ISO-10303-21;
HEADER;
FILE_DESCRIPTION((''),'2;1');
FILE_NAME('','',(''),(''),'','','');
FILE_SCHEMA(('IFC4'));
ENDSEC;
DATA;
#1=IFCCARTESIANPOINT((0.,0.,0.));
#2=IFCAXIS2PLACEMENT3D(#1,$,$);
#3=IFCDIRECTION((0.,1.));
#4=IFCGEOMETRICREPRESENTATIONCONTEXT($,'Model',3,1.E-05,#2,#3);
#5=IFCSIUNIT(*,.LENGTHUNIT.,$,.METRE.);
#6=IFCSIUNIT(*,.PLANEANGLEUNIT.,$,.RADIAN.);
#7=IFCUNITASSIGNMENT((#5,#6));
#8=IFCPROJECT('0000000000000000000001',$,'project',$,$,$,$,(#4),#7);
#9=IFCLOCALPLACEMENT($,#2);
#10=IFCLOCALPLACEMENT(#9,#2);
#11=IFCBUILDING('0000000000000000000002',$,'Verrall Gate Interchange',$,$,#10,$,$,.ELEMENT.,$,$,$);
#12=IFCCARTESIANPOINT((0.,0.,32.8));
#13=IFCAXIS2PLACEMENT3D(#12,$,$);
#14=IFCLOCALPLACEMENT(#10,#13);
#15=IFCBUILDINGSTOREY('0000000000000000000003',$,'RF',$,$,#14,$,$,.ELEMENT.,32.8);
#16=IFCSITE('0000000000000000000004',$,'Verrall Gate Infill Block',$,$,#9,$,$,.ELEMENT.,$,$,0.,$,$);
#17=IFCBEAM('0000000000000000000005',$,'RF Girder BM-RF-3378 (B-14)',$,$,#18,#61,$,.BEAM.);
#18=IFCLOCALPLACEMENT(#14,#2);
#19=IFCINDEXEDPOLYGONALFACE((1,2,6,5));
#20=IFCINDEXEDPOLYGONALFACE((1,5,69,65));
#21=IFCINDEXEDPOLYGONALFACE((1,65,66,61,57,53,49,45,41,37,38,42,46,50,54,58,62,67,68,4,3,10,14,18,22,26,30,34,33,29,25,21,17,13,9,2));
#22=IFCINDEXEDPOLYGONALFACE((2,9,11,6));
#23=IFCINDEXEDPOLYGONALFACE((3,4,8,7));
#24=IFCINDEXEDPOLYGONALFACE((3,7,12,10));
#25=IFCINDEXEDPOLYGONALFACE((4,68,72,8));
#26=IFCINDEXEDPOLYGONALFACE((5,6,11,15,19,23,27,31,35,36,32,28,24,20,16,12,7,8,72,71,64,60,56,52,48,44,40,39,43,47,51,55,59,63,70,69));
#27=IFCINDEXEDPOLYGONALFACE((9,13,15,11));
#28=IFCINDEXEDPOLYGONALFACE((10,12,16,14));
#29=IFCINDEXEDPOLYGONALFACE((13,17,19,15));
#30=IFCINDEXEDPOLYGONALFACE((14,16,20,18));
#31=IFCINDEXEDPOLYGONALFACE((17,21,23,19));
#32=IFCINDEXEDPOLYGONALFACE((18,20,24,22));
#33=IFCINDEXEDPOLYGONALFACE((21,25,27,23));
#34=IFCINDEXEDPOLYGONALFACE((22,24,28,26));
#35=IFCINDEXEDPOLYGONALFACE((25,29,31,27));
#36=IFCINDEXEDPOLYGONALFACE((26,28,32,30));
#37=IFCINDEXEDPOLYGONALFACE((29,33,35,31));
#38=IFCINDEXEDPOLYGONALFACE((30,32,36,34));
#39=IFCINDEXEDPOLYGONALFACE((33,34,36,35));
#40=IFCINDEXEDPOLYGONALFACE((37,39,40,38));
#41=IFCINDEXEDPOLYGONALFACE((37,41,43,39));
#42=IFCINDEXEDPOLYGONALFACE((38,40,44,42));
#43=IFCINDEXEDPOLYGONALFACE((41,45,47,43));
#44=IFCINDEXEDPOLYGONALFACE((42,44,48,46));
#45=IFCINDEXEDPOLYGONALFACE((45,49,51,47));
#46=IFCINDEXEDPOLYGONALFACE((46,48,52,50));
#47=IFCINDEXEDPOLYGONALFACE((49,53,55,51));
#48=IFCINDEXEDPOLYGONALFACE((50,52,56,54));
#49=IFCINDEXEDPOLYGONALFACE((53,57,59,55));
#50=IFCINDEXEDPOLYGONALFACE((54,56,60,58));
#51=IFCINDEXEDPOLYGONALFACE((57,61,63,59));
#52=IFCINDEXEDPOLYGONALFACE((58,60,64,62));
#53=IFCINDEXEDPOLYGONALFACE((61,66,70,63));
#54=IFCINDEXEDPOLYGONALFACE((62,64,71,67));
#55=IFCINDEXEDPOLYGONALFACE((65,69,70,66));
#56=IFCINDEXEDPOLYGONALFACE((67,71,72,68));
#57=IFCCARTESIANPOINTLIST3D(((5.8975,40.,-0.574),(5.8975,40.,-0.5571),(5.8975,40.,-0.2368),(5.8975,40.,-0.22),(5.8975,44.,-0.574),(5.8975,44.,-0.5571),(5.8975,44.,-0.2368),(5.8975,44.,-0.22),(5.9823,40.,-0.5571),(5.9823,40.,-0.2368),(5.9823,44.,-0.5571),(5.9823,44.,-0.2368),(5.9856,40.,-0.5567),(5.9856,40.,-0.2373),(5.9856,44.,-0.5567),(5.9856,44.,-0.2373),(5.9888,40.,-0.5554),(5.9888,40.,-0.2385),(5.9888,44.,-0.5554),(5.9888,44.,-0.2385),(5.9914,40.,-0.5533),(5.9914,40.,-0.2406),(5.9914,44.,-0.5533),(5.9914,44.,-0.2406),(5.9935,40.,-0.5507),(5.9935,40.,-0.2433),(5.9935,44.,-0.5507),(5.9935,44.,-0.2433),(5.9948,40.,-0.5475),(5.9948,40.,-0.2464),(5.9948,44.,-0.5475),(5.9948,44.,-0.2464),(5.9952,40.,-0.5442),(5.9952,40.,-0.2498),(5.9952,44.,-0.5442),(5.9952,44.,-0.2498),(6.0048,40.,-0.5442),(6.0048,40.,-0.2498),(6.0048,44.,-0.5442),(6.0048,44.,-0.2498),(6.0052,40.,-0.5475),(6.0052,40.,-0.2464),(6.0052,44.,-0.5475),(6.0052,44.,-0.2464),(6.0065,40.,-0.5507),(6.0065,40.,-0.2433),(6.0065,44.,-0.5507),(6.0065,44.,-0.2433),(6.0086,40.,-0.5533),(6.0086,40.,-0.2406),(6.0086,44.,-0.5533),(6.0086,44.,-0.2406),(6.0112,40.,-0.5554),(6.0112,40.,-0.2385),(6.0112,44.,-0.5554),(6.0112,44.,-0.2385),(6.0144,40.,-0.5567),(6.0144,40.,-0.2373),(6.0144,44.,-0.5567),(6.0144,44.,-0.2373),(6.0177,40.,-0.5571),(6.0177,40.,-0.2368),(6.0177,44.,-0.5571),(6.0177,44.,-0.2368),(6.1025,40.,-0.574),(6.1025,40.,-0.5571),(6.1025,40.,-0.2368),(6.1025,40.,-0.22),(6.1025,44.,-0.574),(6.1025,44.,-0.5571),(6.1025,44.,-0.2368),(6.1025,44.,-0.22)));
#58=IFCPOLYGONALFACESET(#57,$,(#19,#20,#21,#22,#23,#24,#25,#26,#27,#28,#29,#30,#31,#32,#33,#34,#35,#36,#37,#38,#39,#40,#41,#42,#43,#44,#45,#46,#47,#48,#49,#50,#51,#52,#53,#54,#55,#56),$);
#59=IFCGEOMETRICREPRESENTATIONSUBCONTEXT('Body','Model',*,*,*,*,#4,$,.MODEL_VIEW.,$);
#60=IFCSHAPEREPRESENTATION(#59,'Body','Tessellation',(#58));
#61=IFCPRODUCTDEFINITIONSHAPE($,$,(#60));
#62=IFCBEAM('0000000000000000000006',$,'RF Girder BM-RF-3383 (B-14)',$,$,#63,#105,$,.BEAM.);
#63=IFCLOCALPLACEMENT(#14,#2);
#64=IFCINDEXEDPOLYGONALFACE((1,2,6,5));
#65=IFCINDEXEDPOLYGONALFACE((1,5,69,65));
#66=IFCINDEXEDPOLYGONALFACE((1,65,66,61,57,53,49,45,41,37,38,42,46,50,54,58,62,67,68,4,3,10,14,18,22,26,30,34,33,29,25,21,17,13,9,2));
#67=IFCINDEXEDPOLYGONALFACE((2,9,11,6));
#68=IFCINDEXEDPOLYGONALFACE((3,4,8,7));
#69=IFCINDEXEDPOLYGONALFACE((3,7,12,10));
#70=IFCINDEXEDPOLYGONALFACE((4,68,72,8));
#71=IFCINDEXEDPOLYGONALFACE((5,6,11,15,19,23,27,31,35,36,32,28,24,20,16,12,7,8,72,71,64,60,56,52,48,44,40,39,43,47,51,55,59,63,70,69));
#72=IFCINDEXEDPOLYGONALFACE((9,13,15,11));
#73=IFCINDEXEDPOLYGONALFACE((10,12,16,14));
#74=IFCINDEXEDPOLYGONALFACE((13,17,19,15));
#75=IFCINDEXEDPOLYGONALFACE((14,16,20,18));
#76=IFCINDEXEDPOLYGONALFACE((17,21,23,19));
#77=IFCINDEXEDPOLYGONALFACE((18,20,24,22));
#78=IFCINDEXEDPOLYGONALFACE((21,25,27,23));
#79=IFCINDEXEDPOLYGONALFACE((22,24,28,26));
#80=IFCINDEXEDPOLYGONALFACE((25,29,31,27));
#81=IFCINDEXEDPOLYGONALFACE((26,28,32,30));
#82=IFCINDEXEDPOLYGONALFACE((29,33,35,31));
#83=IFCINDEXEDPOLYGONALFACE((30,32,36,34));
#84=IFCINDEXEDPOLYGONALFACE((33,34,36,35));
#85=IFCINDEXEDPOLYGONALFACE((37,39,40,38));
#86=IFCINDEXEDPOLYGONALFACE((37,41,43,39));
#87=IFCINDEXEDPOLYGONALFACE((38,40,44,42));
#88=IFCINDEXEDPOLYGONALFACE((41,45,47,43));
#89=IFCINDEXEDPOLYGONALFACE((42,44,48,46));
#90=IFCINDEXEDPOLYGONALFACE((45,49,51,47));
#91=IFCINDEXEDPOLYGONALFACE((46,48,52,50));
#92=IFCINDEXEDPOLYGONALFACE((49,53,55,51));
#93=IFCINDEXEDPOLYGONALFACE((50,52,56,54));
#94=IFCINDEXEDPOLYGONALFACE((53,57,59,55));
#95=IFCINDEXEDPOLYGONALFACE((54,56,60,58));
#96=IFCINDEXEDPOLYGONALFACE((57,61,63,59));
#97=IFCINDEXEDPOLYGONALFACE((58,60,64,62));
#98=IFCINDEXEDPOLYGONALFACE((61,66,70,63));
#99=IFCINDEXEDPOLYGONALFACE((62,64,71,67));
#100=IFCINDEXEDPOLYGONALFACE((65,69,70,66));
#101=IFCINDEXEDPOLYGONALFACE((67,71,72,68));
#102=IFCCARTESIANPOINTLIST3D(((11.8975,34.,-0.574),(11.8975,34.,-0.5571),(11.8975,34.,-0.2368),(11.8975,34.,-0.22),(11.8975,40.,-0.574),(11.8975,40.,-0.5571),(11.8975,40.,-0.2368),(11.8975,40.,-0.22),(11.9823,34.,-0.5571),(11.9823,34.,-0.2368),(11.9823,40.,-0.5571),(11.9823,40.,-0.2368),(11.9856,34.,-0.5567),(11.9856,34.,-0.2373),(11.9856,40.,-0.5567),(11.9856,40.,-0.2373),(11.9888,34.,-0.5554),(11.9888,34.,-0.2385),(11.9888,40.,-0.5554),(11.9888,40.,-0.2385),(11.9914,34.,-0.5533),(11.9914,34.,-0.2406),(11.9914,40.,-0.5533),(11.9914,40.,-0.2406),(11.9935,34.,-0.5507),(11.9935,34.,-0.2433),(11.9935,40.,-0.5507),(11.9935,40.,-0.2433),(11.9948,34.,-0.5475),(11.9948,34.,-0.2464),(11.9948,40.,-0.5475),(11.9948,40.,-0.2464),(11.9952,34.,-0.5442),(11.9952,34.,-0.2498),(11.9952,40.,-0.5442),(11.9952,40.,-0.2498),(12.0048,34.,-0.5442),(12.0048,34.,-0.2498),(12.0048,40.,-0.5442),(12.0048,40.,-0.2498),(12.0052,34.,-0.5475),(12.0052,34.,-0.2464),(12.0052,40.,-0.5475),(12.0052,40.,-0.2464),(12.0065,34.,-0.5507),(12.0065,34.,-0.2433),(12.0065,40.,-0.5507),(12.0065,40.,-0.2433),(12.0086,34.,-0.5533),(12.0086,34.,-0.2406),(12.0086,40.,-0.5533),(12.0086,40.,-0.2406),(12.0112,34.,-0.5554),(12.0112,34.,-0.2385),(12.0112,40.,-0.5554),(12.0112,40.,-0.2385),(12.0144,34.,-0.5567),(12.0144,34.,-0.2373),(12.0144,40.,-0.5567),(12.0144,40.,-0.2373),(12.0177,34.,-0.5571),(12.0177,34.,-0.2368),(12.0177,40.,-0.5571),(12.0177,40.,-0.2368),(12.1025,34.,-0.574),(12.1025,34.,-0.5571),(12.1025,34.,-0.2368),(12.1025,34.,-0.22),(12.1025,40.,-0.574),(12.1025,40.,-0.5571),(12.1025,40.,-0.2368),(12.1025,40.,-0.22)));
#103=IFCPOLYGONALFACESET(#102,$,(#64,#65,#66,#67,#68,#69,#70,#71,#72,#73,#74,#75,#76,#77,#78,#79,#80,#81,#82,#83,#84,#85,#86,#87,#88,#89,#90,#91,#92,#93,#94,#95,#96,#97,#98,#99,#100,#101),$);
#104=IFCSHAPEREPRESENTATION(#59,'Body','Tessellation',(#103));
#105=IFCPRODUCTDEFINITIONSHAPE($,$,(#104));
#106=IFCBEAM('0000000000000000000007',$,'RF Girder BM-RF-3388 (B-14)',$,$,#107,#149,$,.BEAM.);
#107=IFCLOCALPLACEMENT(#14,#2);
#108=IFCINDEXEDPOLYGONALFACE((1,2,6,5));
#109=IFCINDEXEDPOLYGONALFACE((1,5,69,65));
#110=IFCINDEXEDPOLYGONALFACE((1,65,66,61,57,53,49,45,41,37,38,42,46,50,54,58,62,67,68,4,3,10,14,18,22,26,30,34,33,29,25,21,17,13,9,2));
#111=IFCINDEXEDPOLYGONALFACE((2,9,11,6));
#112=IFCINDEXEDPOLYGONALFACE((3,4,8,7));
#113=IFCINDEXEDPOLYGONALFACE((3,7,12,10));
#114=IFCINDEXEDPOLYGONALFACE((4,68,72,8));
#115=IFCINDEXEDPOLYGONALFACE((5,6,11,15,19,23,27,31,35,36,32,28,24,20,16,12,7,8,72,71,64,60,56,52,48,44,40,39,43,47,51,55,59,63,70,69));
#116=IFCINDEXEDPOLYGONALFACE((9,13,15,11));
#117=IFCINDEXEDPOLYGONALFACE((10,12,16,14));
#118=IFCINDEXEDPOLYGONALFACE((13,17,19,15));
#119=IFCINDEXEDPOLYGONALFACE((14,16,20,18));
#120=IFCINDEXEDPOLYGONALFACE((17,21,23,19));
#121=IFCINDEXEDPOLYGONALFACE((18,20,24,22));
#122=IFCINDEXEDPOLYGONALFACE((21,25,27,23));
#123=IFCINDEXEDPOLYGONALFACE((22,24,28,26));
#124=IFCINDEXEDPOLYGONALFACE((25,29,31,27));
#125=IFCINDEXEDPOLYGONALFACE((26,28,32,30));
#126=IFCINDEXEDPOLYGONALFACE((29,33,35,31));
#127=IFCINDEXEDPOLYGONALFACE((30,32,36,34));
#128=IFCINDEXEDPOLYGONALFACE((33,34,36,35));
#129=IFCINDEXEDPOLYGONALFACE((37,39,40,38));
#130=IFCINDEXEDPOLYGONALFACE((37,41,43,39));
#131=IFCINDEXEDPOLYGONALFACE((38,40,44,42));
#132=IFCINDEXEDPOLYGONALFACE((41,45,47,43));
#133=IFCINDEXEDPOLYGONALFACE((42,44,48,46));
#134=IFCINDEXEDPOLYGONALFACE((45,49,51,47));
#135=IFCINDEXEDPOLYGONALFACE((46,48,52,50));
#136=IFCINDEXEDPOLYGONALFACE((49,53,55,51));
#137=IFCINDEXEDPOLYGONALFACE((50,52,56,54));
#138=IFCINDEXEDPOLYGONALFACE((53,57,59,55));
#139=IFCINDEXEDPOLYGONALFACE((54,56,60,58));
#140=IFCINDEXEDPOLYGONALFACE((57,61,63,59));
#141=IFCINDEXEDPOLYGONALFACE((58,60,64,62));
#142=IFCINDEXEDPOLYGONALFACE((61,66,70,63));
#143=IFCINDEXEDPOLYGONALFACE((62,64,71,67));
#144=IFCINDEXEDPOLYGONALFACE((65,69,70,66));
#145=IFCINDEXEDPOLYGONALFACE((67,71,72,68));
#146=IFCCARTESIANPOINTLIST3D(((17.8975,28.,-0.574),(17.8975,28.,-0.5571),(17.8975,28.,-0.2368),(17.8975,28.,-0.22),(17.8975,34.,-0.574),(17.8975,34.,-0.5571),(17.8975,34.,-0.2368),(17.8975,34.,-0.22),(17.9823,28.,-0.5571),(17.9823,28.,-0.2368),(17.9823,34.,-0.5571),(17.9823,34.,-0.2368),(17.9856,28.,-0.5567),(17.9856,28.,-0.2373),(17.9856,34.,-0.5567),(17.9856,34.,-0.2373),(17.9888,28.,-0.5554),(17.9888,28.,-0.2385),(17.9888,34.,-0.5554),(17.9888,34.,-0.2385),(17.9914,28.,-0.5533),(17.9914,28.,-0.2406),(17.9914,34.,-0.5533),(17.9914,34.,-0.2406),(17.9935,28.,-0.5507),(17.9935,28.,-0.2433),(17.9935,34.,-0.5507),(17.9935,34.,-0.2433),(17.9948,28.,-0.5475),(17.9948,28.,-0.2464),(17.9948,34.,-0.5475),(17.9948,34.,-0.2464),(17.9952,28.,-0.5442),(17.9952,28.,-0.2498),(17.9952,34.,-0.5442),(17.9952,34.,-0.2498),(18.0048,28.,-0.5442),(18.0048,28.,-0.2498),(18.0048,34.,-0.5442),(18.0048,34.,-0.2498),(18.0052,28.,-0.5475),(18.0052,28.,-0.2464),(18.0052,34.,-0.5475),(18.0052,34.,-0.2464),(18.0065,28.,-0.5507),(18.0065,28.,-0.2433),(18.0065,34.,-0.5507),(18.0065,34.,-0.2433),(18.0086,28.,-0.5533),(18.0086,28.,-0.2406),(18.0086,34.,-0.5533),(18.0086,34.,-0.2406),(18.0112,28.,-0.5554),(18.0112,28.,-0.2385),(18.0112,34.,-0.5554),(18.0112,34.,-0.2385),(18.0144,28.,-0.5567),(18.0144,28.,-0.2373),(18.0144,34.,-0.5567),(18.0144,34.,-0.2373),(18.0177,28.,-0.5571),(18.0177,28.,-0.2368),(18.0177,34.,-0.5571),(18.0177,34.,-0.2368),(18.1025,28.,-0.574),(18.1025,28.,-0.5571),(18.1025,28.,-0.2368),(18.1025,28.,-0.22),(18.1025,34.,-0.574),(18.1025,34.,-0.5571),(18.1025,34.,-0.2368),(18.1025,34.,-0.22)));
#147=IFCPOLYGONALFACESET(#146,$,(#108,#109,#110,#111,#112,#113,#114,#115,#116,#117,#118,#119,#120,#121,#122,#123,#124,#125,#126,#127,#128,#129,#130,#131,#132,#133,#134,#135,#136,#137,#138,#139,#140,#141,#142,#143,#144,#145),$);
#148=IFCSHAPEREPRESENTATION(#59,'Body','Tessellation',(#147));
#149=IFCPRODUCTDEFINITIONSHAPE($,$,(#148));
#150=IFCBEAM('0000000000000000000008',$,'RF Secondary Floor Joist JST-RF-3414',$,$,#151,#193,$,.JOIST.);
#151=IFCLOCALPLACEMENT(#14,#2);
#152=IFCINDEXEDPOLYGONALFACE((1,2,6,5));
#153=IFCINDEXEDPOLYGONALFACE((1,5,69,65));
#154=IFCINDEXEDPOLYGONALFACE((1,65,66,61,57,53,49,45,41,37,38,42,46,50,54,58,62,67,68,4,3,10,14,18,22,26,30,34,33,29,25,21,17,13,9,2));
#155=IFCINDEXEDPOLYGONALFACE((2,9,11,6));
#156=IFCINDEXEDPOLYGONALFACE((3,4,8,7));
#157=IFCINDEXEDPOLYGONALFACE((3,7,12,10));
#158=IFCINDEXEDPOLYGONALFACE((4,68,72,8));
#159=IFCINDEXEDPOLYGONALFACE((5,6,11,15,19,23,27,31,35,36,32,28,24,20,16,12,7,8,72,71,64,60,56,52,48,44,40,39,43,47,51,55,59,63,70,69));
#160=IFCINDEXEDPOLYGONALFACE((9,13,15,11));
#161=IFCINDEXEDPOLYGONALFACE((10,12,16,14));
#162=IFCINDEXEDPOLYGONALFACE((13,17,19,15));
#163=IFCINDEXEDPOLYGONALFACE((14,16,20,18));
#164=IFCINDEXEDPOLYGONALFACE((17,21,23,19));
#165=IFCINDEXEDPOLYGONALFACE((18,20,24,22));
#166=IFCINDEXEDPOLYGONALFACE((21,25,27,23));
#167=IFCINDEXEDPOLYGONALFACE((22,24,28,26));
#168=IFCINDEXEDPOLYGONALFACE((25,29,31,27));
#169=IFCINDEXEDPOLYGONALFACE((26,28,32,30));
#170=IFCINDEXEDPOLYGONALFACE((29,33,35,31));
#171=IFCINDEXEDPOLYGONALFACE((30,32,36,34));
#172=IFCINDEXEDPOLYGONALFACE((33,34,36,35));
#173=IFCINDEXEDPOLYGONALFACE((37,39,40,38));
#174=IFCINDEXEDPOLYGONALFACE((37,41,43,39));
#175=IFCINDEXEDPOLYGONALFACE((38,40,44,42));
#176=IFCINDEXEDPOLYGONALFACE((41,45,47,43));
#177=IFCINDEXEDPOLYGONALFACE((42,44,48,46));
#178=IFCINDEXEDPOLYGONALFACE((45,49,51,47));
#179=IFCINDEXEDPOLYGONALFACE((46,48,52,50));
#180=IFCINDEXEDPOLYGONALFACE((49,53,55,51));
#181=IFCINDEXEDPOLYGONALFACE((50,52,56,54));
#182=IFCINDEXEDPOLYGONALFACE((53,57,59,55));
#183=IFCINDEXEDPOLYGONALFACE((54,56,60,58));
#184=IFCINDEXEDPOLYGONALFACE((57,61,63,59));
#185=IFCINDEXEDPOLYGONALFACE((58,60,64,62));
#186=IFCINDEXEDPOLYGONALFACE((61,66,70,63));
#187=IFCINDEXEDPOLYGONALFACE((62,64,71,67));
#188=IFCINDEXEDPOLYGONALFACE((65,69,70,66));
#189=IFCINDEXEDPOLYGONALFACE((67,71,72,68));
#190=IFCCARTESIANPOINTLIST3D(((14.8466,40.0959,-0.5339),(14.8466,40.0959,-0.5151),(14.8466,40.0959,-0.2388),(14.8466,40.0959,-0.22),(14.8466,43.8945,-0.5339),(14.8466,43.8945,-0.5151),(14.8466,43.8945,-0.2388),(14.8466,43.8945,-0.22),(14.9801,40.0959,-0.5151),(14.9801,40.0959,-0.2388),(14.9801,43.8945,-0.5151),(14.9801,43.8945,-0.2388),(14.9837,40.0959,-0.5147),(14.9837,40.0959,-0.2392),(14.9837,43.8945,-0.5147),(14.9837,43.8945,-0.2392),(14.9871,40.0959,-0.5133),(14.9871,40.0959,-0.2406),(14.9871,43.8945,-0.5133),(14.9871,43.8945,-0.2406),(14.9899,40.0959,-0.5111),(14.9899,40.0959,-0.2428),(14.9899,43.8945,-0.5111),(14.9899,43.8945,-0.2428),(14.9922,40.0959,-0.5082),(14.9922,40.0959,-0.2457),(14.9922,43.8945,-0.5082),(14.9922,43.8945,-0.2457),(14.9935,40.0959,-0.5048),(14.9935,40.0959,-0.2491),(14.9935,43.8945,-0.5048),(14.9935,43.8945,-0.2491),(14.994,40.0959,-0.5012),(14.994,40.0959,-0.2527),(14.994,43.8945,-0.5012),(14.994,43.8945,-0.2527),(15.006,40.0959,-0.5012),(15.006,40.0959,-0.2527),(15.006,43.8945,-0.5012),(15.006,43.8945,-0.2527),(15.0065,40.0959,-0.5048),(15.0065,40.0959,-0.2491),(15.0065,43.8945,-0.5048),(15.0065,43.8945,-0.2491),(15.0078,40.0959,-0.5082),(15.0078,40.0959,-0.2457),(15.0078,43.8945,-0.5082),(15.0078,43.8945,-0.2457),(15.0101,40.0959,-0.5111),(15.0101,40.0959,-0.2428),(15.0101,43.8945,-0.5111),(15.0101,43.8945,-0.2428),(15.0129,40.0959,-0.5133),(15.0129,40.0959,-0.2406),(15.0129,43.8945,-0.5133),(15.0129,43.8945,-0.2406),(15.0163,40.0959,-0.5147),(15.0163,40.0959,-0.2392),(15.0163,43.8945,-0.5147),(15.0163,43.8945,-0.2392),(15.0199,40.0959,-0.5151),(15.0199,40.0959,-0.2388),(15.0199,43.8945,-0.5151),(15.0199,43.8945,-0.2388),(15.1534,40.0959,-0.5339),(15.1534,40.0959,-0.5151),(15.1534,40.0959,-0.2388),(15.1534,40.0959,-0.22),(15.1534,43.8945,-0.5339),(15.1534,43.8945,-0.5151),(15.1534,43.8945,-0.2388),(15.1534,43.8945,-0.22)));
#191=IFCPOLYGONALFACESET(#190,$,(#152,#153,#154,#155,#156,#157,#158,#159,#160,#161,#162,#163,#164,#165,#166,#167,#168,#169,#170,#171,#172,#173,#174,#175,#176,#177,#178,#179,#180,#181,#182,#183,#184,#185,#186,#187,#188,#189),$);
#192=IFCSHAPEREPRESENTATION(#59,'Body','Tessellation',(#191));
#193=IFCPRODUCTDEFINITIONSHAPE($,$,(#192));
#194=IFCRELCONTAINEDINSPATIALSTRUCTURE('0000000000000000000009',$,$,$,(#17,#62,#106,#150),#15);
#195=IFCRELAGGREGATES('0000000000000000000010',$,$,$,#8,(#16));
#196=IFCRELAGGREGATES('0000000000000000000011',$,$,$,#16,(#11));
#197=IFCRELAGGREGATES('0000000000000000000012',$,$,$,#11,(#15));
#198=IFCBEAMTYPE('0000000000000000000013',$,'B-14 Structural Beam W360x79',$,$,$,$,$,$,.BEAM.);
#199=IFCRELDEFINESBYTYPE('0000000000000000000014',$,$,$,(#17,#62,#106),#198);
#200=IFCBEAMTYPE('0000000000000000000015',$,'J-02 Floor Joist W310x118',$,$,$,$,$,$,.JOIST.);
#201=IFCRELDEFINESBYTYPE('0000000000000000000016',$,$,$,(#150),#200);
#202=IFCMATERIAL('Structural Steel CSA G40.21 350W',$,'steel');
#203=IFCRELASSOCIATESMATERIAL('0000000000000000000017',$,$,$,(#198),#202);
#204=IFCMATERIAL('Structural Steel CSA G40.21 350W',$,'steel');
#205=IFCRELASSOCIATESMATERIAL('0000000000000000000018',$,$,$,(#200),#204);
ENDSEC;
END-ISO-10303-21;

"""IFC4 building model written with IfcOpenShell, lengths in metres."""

from ifc_helpers import new_model, si_unit, direction, frame, origin, origin_2d, place, context, subcontext, project, spatial, i_section, extrude, material, material_profile, profile_set, type_object, element, save


model = new_model("IFC4")

# Units and contexts
model_context = context("Model", 3, precision=1e-05, world=origin(), true_north=direction((0.0, 1.0)))
body_context = subcontext(model_context, "Body", "Model", "MODEL_VIEW")
ifc_project = project(units=[si_unit("LENGTHUNIT", "METRE"), si_unit("PLANEANGLEUNIT", "RADIAN")], contexts=[model_context])

# Site, building, storey
site_placement = place(None, origin())
site = spatial("IfcSite", under=ifc_project, at=site_placement, Name="Verrall Gate Infill Block", CompositionType="ELEMENT", RefElevation=0.0)
building_placement = place(site_placement, origin())
building = spatial("IfcBuilding", under=site, at=building_placement, Name="Verrall Gate Interchange", CompositionType="ELEMENT")
storey_placement = place(building_placement, frame((0.0, 0.0, 32.8)))
storey = spatial("IfcBuildingStorey", under=building, at=storey_placement, Name="RF", CompositionType="ELEMENT", Elevation=32.8)

# Beams
ifc_material_1 = material(Name="Structural Steel CSA G40.21 350W", Category="steel")
ifc_material_profile_1 = material_profile(ifc_material_1, i_section(OverallWidth=0.2051, OverallDepth=0.354, WebThickness=0.0095, FlangeThickness=0.0168, FilletRadius=0.0129, at=origin_2d()), Name="W360x79")
ifc_profile_set_1 = profile_set([ifc_material_profile_1], Name="Structural Steel CSA G40.21 350W")
beam_type_1 = type_object("IfcBeamType", Name="B-14 Structural Beam W360x79", PredefinedType="BEAM", material=ifc_profile_set_1)
beam_1_placement = place(storey_placement, frame((6.0, 40.0, -0.397), z_axis=(0.0, 1.0, 0.0), x_axis=(-1.0, 0.0, 0.0)))
element("IfcBeam", 1, at=beam_1_placement, inside=storey, type_object=beam_type_1, Name="RF Girder BM-RF-3378 (B-14)", PredefinedType="BEAM", context=body_context, shape_type="SweptSolid", body=[
    extrude(i_section(OverallWidth=0.2051, OverallDepth=0.354, WebThickness=0.0095, FlangeThickness=0.0168, FilletRadius=0.0129, at=origin_2d()), origin(), (0.0, 0.0, 1.0), 4.0),
])
for number, where, z_axis, x_axis, name in (
    (2, (12.0, 34.0, -0.397), (0.0, 1.0, 0.0), (-1.0, 0.0, 0.0), "RF Girder BM-RF-3383 (B-14)"),
    (3, (18.0, 28.0, -0.397), (0.0, 1.0, 0.0), (-1.0, 0.0, 0.0), "RF Girder BM-RF-3388 (B-14)"),
):
    element("IfcBeam", number, at=place(storey_placement, frame(where, z_axis=z_axis, x_axis=x_axis)), inside=storey, type_object=beam_type_1, Name=name, PredefinedType="BEAM", context=body_context, shape_type="SweptSolid", body=[
        extrude(i_section(OverallWidth=0.2051, OverallDepth=0.354, WebThickness=0.0095, FlangeThickness=0.0168, FilletRadius=0.0129, at=origin_2d()), origin(), (0.0, 0.0, 1.0), 6.0),
    ])
ifc_material_2 = material(Name="Structural Steel CSA G40.21 350W", Category="steel")
ifc_material_profile_2 = material_profile(ifc_material_2, i_section(OverallWidth=0.3069, OverallDepth=0.314, WebThickness=0.012, FlangeThickness=0.0188, FilletRadius=0.0139, at=origin_2d()), Name="W310x118")
ifc_profile_set_2 = profile_set([ifc_material_profile_2], Name="Structural Steel CSA G40.21 350W")
beam_type_2 = type_object("IfcBeamType", Name="J-02 Floor Joist W310x118", PredefinedType="JOIST", material=ifc_profile_set_2)
beam_2_placement = place(storey_placement, frame((15.0, 40.0959, -0.377), z_axis=(0.0, 1.0, 0.0), x_axis=(-1.0, 0.0, 0.0)))
element("IfcBeam", 4, at=beam_2_placement, inside=storey, type_object=beam_type_2, Name="RF Secondary Floor Joist JST-RF-3414", PredefinedType="JOIST", context=body_context, shape_type="SweptSolid", body=[
    extrude(i_section(OverallWidth=0.3069, OverallDepth=0.314, WebThickness=0.012, FlangeThickness=0.0188, FilletRadius=0.0139, at=origin_2d()), origin(), (0.0, 0.0, 1.0), 3.7986),
])

save(model, "model.ifc")
